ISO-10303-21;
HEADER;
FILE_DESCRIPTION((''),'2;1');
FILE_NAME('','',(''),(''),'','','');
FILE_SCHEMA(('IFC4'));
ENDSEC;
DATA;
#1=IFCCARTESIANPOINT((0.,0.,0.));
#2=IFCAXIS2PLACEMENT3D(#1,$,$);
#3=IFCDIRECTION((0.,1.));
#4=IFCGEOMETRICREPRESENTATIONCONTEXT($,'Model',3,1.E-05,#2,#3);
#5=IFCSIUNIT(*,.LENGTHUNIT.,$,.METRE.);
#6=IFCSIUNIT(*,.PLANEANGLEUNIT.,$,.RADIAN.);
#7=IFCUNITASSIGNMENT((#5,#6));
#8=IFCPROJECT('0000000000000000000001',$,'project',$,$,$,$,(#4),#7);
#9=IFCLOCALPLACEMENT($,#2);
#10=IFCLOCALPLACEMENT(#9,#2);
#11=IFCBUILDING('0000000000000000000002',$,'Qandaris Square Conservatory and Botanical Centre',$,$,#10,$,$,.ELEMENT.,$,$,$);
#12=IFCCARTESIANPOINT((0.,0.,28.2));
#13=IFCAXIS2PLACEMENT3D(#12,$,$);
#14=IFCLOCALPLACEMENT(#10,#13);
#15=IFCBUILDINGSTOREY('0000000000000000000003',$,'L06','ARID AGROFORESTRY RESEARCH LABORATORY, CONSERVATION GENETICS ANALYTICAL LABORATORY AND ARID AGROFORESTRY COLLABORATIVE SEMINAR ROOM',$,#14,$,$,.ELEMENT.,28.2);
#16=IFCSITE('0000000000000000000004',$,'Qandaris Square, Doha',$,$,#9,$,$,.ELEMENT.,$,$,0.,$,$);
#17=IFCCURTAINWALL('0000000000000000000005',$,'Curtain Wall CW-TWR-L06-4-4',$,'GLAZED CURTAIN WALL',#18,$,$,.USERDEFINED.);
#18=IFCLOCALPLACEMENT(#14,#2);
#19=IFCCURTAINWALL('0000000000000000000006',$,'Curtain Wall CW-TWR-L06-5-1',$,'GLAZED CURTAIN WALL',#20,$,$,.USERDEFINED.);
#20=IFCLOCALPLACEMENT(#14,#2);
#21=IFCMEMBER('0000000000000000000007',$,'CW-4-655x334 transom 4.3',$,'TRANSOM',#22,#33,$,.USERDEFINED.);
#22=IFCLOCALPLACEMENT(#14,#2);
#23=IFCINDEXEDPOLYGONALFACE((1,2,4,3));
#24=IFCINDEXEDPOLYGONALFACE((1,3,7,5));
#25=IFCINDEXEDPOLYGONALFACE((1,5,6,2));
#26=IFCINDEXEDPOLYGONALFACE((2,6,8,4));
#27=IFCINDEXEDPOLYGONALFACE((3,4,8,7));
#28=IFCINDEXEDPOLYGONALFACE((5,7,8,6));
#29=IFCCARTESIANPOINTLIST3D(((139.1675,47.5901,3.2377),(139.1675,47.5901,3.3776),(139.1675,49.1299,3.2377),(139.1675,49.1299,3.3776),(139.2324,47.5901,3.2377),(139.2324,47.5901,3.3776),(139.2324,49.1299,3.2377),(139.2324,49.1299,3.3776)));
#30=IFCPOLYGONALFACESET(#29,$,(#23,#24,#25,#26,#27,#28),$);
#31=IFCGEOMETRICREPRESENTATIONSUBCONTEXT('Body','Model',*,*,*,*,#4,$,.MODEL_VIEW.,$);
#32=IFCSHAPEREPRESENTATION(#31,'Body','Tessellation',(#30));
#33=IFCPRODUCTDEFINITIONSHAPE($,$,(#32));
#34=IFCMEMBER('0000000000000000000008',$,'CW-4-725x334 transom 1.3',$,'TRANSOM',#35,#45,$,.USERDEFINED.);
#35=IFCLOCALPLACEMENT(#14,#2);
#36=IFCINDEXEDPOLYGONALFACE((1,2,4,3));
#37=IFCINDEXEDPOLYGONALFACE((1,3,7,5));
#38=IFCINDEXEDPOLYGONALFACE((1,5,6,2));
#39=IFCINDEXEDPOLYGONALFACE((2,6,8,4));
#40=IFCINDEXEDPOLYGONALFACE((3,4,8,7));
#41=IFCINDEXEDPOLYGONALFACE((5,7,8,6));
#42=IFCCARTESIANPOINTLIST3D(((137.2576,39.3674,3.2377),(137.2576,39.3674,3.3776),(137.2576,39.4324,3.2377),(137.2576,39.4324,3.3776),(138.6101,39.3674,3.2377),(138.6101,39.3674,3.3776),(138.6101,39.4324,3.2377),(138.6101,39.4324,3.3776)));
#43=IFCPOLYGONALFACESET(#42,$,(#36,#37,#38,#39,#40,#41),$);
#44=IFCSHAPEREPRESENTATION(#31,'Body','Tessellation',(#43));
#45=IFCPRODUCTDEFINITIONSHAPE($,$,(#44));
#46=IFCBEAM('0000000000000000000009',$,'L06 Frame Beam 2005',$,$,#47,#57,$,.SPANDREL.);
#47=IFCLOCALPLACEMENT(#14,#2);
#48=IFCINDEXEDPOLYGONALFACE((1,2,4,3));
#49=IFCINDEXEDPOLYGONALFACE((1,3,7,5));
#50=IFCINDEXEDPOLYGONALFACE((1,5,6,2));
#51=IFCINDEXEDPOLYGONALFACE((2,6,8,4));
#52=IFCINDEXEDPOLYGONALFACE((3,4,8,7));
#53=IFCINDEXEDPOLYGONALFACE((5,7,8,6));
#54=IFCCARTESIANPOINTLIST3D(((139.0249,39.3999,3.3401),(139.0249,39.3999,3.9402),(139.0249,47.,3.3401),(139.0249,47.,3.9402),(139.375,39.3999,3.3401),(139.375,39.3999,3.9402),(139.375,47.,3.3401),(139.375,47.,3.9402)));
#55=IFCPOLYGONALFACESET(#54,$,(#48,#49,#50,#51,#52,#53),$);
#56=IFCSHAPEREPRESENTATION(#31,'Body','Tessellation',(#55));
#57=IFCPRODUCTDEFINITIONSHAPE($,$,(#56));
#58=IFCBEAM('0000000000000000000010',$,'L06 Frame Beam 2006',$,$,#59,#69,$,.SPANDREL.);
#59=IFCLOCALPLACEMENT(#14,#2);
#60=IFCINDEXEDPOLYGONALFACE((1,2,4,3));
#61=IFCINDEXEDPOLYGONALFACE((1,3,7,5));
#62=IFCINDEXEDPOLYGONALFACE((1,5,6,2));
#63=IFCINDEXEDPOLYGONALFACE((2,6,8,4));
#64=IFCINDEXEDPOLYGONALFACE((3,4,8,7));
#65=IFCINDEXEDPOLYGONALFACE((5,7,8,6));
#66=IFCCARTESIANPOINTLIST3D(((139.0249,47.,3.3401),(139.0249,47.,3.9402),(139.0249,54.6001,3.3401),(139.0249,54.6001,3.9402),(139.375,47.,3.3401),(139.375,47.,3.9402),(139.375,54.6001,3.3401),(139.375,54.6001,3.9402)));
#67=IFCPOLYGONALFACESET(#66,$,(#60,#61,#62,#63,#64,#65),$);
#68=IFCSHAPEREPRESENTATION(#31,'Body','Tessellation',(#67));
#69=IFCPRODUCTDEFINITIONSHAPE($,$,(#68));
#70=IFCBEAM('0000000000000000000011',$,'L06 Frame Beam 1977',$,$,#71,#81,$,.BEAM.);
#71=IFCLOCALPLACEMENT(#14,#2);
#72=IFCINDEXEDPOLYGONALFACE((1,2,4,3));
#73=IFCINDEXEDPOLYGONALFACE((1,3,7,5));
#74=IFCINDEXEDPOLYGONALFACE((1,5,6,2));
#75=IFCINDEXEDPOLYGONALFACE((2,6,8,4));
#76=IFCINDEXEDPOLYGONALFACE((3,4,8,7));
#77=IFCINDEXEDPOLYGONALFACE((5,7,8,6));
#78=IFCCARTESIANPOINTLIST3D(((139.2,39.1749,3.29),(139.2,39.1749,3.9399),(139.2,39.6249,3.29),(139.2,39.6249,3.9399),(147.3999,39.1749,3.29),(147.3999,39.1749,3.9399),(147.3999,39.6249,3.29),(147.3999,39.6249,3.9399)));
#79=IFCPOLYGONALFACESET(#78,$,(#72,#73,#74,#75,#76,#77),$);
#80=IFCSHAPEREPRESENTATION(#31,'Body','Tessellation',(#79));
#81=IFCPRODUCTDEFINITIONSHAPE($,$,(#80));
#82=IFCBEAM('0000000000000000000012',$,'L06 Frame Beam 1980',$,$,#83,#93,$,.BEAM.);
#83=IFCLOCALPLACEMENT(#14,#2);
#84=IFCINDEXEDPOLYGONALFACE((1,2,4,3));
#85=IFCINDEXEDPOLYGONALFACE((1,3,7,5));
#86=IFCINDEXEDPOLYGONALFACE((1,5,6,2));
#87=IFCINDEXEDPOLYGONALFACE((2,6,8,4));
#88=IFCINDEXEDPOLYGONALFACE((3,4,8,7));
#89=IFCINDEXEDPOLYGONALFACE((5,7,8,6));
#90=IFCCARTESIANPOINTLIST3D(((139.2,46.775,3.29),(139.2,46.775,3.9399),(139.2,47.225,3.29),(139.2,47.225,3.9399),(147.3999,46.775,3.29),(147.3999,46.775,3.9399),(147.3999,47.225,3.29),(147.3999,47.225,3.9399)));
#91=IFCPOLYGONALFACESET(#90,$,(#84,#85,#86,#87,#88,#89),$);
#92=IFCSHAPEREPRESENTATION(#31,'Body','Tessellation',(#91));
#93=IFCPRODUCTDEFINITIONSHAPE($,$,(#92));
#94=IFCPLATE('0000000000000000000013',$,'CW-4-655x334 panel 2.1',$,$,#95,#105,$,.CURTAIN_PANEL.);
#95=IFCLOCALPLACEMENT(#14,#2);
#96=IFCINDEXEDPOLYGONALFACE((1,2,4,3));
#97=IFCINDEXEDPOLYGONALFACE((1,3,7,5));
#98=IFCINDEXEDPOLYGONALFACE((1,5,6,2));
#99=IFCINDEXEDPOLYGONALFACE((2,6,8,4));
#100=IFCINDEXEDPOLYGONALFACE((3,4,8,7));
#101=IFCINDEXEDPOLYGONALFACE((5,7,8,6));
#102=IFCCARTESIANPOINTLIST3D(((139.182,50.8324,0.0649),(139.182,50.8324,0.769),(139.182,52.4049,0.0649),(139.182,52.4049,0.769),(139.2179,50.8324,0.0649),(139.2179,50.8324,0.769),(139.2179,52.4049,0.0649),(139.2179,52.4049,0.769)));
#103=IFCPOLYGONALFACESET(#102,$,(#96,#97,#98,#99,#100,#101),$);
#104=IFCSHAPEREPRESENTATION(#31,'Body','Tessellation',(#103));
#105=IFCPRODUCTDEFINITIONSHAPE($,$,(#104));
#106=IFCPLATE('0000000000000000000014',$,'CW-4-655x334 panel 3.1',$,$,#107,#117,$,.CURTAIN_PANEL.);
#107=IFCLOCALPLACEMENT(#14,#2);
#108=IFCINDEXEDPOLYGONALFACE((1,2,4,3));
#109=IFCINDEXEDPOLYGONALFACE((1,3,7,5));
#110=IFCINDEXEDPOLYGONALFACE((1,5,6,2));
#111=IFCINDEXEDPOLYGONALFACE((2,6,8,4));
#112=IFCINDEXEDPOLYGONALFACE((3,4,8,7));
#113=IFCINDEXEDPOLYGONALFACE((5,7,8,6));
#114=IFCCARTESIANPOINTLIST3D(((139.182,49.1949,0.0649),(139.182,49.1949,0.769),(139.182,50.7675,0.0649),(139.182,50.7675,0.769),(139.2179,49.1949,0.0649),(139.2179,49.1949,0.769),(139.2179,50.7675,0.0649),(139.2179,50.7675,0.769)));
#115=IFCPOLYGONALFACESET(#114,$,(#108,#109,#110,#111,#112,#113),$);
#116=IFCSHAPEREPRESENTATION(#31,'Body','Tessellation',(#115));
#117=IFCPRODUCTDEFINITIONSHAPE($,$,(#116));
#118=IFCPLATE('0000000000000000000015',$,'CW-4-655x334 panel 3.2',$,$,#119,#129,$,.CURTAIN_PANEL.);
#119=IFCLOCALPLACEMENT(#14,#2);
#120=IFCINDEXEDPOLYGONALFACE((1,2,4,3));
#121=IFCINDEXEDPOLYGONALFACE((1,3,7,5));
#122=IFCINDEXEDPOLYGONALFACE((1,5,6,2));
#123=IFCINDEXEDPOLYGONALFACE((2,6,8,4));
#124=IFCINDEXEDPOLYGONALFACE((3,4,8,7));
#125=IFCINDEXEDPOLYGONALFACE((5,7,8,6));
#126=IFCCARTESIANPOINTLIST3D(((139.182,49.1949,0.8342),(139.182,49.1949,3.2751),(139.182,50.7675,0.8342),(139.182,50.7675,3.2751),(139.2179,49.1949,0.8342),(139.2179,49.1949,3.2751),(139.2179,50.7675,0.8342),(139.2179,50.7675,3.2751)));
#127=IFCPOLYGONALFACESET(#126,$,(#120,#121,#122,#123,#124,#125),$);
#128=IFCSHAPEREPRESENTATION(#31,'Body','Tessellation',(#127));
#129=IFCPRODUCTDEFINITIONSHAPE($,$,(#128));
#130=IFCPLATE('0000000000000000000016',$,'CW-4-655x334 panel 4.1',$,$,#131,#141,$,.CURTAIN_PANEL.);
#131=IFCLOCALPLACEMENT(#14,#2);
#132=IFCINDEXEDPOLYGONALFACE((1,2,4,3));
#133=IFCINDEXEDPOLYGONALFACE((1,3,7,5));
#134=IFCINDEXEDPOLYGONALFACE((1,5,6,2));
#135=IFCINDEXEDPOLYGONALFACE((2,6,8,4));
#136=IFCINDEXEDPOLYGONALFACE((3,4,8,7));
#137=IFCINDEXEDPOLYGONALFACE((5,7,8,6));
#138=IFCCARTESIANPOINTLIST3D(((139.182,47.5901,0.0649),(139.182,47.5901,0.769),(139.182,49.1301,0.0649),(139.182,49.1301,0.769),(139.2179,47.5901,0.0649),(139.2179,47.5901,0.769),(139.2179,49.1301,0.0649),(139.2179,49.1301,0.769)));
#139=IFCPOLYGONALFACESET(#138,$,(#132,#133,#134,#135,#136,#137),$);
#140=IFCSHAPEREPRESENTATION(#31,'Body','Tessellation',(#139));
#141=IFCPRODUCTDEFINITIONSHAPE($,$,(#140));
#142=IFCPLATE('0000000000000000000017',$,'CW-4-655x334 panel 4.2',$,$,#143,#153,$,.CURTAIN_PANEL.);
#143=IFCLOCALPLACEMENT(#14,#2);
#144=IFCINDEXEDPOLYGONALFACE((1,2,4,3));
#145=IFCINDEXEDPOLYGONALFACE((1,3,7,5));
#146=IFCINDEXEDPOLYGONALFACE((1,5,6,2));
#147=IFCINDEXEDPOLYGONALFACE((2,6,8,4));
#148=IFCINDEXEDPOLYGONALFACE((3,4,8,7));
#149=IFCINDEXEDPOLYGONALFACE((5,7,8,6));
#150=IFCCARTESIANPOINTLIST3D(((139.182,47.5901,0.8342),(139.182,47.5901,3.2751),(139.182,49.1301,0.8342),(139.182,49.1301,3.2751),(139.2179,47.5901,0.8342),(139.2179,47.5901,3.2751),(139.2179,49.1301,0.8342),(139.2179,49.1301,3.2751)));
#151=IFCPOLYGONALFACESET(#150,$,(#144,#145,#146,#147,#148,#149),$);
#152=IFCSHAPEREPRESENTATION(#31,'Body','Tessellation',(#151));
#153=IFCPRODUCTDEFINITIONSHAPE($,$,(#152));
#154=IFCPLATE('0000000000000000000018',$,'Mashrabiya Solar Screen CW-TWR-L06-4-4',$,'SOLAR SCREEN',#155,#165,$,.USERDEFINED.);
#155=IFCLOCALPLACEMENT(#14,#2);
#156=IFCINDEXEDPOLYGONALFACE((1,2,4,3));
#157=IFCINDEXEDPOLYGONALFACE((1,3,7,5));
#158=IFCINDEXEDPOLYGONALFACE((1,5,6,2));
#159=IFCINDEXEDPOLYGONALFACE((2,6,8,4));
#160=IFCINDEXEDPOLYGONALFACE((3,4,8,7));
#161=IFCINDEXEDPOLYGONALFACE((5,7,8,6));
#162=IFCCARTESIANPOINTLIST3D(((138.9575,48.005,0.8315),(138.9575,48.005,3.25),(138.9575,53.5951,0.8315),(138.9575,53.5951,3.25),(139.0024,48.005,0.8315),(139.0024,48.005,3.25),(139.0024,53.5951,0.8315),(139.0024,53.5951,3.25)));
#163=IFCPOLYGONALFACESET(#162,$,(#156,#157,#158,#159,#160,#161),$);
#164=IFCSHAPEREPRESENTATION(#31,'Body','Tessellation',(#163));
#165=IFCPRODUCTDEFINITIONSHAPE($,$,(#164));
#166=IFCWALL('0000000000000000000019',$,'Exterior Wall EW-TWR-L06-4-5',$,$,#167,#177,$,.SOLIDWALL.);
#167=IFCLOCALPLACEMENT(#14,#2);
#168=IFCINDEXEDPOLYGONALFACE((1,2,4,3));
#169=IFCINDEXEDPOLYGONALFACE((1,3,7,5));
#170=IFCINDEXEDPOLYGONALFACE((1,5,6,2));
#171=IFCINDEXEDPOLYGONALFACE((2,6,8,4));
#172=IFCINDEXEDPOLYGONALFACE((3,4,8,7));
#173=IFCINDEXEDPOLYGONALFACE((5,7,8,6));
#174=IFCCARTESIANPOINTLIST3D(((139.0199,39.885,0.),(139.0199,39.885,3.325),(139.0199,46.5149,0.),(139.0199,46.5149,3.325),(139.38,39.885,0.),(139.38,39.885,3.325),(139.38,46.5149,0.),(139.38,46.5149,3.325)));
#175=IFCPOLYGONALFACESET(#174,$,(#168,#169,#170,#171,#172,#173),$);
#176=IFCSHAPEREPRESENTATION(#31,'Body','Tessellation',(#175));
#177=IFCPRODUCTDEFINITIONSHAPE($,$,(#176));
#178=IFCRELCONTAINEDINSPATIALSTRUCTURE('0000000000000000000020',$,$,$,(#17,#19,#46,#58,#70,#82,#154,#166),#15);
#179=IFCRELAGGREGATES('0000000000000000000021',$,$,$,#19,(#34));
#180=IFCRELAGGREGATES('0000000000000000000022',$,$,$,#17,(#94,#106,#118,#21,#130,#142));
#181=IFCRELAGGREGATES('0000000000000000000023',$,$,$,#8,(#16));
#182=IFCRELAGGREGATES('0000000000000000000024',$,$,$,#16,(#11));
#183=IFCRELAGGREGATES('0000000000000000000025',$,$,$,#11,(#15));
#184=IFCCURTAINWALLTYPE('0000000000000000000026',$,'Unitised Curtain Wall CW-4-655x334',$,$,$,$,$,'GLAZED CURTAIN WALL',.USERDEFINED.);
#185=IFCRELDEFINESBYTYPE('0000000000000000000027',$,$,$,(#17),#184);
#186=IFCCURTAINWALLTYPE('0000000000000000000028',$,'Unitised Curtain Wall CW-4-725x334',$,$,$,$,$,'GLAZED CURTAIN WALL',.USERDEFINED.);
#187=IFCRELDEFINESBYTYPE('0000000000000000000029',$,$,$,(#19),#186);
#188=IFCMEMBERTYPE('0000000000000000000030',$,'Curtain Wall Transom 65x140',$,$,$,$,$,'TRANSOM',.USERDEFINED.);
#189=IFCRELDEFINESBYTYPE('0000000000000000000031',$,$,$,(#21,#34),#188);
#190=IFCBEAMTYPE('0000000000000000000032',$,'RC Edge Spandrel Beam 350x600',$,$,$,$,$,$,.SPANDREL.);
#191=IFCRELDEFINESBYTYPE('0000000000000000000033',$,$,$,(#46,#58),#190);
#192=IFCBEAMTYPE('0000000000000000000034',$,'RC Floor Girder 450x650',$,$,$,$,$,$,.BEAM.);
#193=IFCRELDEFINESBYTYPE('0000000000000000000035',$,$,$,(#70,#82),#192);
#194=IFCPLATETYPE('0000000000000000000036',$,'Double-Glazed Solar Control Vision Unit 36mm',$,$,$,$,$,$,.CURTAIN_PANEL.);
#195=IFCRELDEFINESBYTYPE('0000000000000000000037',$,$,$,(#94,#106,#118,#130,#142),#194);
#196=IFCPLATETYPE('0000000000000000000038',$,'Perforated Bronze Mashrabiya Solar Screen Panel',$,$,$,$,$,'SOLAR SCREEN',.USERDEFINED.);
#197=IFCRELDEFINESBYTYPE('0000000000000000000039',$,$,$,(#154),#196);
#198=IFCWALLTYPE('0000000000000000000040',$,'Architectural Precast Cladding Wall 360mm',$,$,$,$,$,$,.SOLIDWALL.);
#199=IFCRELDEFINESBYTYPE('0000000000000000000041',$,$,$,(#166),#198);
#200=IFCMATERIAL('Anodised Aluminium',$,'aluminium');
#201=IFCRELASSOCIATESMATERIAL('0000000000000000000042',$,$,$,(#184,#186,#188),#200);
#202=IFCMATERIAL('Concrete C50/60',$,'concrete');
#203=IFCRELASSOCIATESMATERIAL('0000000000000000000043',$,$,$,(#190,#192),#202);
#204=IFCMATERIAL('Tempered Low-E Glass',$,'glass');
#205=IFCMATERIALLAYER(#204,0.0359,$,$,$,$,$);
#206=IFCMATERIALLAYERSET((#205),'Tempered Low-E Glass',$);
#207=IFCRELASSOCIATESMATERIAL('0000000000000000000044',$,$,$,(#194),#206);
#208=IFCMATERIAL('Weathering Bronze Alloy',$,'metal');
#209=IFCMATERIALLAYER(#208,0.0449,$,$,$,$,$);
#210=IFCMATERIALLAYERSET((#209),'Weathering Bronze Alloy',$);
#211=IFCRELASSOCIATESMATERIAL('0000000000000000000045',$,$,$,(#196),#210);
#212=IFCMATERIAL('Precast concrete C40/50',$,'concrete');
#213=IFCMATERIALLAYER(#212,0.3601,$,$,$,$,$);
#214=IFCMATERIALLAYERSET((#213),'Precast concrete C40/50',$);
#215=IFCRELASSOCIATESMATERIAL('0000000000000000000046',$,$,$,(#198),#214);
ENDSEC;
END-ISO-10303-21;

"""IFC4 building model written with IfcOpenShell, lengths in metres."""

from ifc_helpers import new_model, si_unit, direction, frame, frame_2d, origin, origin_2d, place, context, subcontext, project, spatial, rectangle, extrude, material, layer, layer_set, material_profile, profile_set, type_object, element, aggregate, save


model = new_model("IFC4")

# Units and contexts
model_context = context("Model", 3, precision=1e-05, world=origin(), true_north=direction((0.0, 1.0)))
body_context = subcontext(model_context, "Body", "Model", "MODEL_VIEW")
ifc_project = project(units=[si_unit("LENGTHUNIT", "METRE"), si_unit("PLANEANGLEUNIT", "RADIAN")], contexts=[model_context])

# Site, building, storey
site_placement = place(None, origin())
site = spatial("IfcSite", under=ifc_project, at=site_placement, Name="Qandaris Square, Doha", CompositionType="ELEMENT", RefElevation=0.0)
building_placement = place(site_placement, origin())
building = spatial("IfcBuilding", under=site, at=building_placement, Name="Qandaris Square Conservatory and Botanical Centre", CompositionType="ELEMENT")
storey_placement = place(building_placement, frame((0.0, 0.0, 28.2)))
storey = spatial("IfcBuildingStorey", under=building, at=storey_placement, Name="L06", Description="ARID AGROFORESTRY RESEARCH LABORATORY, CONSERVATION GENETICS ANALYTICAL LABORATORY AND ARID AGROFORESTRY COLLABORATIVE SEMINAR ROOM", CompositionType="ELEMENT", Elevation=28.2)

# Shared definitions
ifc_material_1 = material(Name="Concrete C50/60", Category="concrete")

# Curtain wall
ifc_material_2 = material(Name="Anodised Aluminium", Category="aluminium")
curtain_wall_type_1 = type_object("IfcCurtainWallType", Name="Unitised Curtain Wall CW-4-655x334", ElementType="GLAZED CURTAIN WALL", PredefinedType="USERDEFINED", material=ifc_material_2)
curtain_wall_1_placement = place(storey_placement, origin())
curtain_wall_1 = element("IfcCurtainWall", 1, at=curtain_wall_1_placement, inside=storey, type_object=curtain_wall_type_1, Name="Curtain Wall CW-TWR-L06-4-4", ObjectType="GLAZED CURTAIN WALL", PredefinedType="USERDEFINED")

# Curtain wall
curtain_wall_type_2 = type_object("IfcCurtainWallType", Name="Unitised Curtain Wall CW-4-725x334", ElementType="GLAZED CURTAIN WALL", PredefinedType="USERDEFINED", material=ifc_material_2)
curtain_wall_2_placement = place(storey_placement, origin())
curtain_wall_2 = element("IfcCurtainWall", 2, at=curtain_wall_2_placement, inside=storey, type_object=curtain_wall_type_2, Name="Curtain Wall CW-TWR-L06-5-1", ObjectType="GLAZED CURTAIN WALL", PredefinedType="USERDEFINED")

# Members
ifc_material_profile_1 = material_profile(ifc_material_2, rectangle(XDim=0.0649, YDim=0.1399, at=origin_2d()), Name="ALU-TRN 65x140")
ifc_profile_set_1 = profile_set([ifc_material_profile_1], Name="Anodised Aluminium")
member_type_1 = type_object("IfcMemberType", Name="Curtain Wall Transom 65x140", ElementType="TRANSOM", PredefinedType="USERDEFINED", material=ifc_profile_set_1)
member_1_placement = place(storey_placement, frame((139.2, 49.1299, 3.3076), z_axis=(0.0, -1.0, 0.0), x_axis=(1.0, 0.0, 0.0)))
member_1 = element("IfcMember", 3, at=member_1_placement, type_object=member_type_1, Name="CW-4-655x334 transom 4.3", ObjectType="TRANSOM", PredefinedType="USERDEFINED", context=body_context, shape_type="SweptSolid", body=[
    extrude(rectangle(XDim=0.0649, YDim=0.1399, at=origin_2d()), origin(), (0.0, 0.0, 1.0), 1.5398),
])
member_2_placement = place(storey_placement, frame((138.6101, 39.3999, 3.3076), z_axis=(-1.0, 0.0, 0.0), x_axis=(0.0, -1.0, 0.0)))
member_2 = element("IfcMember", 4, at=member_2_placement, type_object=member_type_1, Name="CW-4-725x334 transom 1.3", ObjectType="TRANSOM", PredefinedType="USERDEFINED", context=body_context, shape_type="SweptSolid", body=[
    extrude(rectangle(XDim=0.0649, YDim=0.1399, at=origin_2d()), origin(), (0.0, 0.0, 1.0), 1.3525),
])
aggregate(curtain_wall_2, [member_2])

# Beams
ifc_material_profile_2 = material_profile(ifc_material_1, rectangle(XDim=0.3501, YDim=0.6001, at=origin_2d()), Name="RC-SP 350x600")
ifc_profile_set_2 = profile_set([ifc_material_profile_2], Name="Concrete C50/60")
beam_type_1 = type_object("IfcBeamType", Name="RC Edge Spandrel Beam 350x600", PredefinedType="SPANDREL", material=ifc_profile_set_2)
for number, where, z_axis, x_axis, name in (
    (5, (139.2, 39.3999, 3.6401), (0.0, 1.0, 0.0), (-1.0, 0.0, 0.0), "L06 Frame Beam 2005"),
    (6, (139.2, 47.0, 3.6401), (0.0, 1.0, 0.0), (-1.0, 0.0, 0.0), "L06 Frame Beam 2006"),
):
    element("IfcBeam", number, at=place(storey_placement, frame(where, z_axis=z_axis, x_axis=x_axis)), inside=storey, type_object=beam_type_1, Name=name, PredefinedType="SPANDREL", context=body_context, shape_type="SweptSolid", body=[
        extrude(rectangle(XDim=0.3501, YDim=0.6001, at=origin_2d()), origin(), (0.0, 0.0, 1.0), 7.6001),
    ])
ifc_material_profile_3 = material_profile(ifc_material_1, rectangle(XDim=0.45, YDim=0.6499, at=origin_2d()), Name="RC-BM 450x650")
ifc_profile_set_3 = profile_set([ifc_material_profile_3], Name="Concrete C50/60")
beam_type_2 = type_object("IfcBeamType", Name="RC Floor Girder 450x650", PredefinedType="BEAM", material=ifc_profile_set_3)
for number, where, z_axis, x_axis, name in (
    (7, (139.2, 39.3999, 3.615), (1.0, 0.0, 0.0), (0.0, 1.0, 0.0), "L06 Frame Beam 1977"),
    (8, (139.2, 47.0, 3.615), (1.0, 0.0, 0.0), (0.0, 1.0, 0.0), "L06 Frame Beam 1980"),
):
    element("IfcBeam", number, at=place(storey_placement, frame(where, z_axis=z_axis, x_axis=x_axis)), inside=storey, type_object=beam_type_2, Name=name, PredefinedType="BEAM", context=body_context, shape_type="SweptSolid", body=[
        extrude(rectangle(XDim=0.45, YDim=0.6499, at=origin_2d()), origin(), (0.0, 0.0, 1.0), 8.2),
    ])

# Plates
ifc_material_3 = material(Name="Tempered Low-E Glass", Category="glass")
ifc_layer_1 = layer(ifc_material_3, 0.0359)
ifc_layer_set_1 = layer_set([ifc_layer_1], Name="Tempered Low-E Glass")
plate_type_1 = type_object("IfcPlateType", Name="Double-Glazed Solar Control Vision Unit 36mm", PredefinedType="CURTAIN_PANEL", material=ifc_layer_set_1)
plate_1_placement = place(storey_placement, frame((139.2, 51.6187, 0.0649), z_axis=(0.0, 0.0, 1.0), x_axis=(0.0, -1.0, 0.0)))
plate_1 = element("IfcPlate", 9, at=plate_1_placement, type_object=plate_type_1, Name="CW-4-655x334 panel 2.1", PredefinedType="CURTAIN_PANEL", context=body_context, shape_type="SweptSolid", body=[
    extrude(rectangle(XDim=1.5725, YDim=0.0359, at=origin_2d()), origin(), (0.0, 0.0, 1.0), 0.7041),
])
plate_2_placement = place(storey_placement, frame((139.2, 49.9812, 0.0649), z_axis=(0.0, 0.0, 1.0), x_axis=(0.0, -1.0, 0.0)))
plate_2 = element("IfcPlate", 10, at=plate_2_placement, type_object=plate_type_1, Name="CW-4-655x334 panel 3.1", PredefinedType="CURTAIN_PANEL", context=body_context, shape_type="SweptSolid", body=[
    extrude(rectangle(XDim=1.5725, YDim=0.0359, at=origin_2d()), origin(), (0.0, 0.0, 1.0), 0.7041),
])
plate_3_placement = place(storey_placement, frame((139.2, 49.9812, 0.8342), z_axis=(0.0, 0.0, 1.0), x_axis=(0.0, -1.0, 0.0)))
plate_3 = element("IfcPlate", 11, at=plate_3_placement, type_object=plate_type_1, Name="CW-4-655x334 panel 3.2", PredefinedType="CURTAIN_PANEL", context=body_context, shape_type="SweptSolid", body=[
    extrude(rectangle(XDim=1.5725, YDim=0.0359, at=origin_2d()), origin(), (0.0, 0.0, 1.0), 2.4409),
])
plate_4_placement = place(storey_placement, frame((139.2, 48.3601, 0.0649), z_axis=(0.0, 0.0, 1.0), x_axis=(0.0, -1.0, 0.0)))
plate_4 = element("IfcPlate", 12, at=plate_4_placement, type_object=plate_type_1, Name="CW-4-655x334 panel 4.1", PredefinedType="CURTAIN_PANEL", context=body_context, shape_type="SweptSolid", body=[
    extrude(rectangle(XDim=1.54, YDim=0.0359, at=origin_2d()), origin(), (0.0, 0.0, 1.0), 0.7041),
])
plate_5_placement = place(storey_placement, frame((139.2, 48.3601, 0.8342), z_axis=(0.0, 0.0, 1.0), x_axis=(0.0, -1.0, 0.0)))
plate_5 = element("IfcPlate", 13, at=plate_5_placement, type_object=plate_type_1, Name="CW-4-655x334 panel 4.2", PredefinedType="CURTAIN_PANEL", context=body_context, shape_type="SweptSolid", body=[
    extrude(rectangle(XDim=1.54, YDim=0.0359, at=origin_2d()), origin(), (0.0, 0.0, 1.0), 2.4409),
])
aggregate(curtain_wall_1, [plate_1, plate_2, plate_3, member_1, plate_4, plate_5])
ifc_material_4 = material(Name="Weathering Bronze Alloy", Category="metal")
ifc_layer_2 = layer(ifc_material_4, 0.0449)
ifc_layer_set_2 = layer_set([ifc_layer_2], Name="Weathering Bronze Alloy")
plate_type_2 = type_object("IfcPlateType", Name="Perforated Bronze Mashrabiya Solar Screen Panel", ElementType="SOLAR SCREEN", PredefinedType="USERDEFINED", material=ifc_layer_set_2)
plate_6_placement = place(storey_placement, frame((138.98, 50.8, 0.8315), z_axis=(0.0, 0.0, 1.0), x_axis=(0.0, -1.0, 0.0)))
element("IfcPlate", 14, at=plate_6_placement, inside=storey, type_object=plate_type_2, Name="Mashrabiya Solar Screen CW-TWR-L06-4-4", ObjectType="SOLAR SCREEN", PredefinedType="USERDEFINED", context=body_context, shape_type="SweptSolid", body=[
    extrude(rectangle(XDim=5.5901, YDim=0.0449, at=origin_2d()), origin(), (0.0, 0.0, 1.0), 2.4185),
])

# Wall
ifc_material_5 = material(Name="Precast concrete C40/50", Category="concrete")
ifc_layer_3 = layer(ifc_material_5, 0.3601)
ifc_layer_set_3 = layer_set([ifc_layer_3], Name="Precast concrete C40/50")
wall_type_1 = type_object("IfcWallType", Name="Architectural Precast Cladding Wall 360mm", PredefinedType="SOLIDWALL", material=ifc_layer_set_3)
wall_1_placement = place(storey_placement, frame((139.2, 46.5149, 0.0), z_axis=(0.0, 0.0, 1.0), x_axis=(0.0, -1.0, 0.0)))
element("IfcWall", 15, at=wall_1_placement, inside=storey, type_object=wall_type_1, Name="Exterior Wall EW-TWR-L06-4-5", PredefinedType="SOLIDWALL", context=body_context, shape_type="SweptSolid", body=[
    extrude(rectangle(XDim=6.6299, YDim=0.3601, at=frame_2d((3.3149, 0.0))), origin(), (0.0, 0.0, 1.0), 3.325),
])

save(model, "model.ifc")
